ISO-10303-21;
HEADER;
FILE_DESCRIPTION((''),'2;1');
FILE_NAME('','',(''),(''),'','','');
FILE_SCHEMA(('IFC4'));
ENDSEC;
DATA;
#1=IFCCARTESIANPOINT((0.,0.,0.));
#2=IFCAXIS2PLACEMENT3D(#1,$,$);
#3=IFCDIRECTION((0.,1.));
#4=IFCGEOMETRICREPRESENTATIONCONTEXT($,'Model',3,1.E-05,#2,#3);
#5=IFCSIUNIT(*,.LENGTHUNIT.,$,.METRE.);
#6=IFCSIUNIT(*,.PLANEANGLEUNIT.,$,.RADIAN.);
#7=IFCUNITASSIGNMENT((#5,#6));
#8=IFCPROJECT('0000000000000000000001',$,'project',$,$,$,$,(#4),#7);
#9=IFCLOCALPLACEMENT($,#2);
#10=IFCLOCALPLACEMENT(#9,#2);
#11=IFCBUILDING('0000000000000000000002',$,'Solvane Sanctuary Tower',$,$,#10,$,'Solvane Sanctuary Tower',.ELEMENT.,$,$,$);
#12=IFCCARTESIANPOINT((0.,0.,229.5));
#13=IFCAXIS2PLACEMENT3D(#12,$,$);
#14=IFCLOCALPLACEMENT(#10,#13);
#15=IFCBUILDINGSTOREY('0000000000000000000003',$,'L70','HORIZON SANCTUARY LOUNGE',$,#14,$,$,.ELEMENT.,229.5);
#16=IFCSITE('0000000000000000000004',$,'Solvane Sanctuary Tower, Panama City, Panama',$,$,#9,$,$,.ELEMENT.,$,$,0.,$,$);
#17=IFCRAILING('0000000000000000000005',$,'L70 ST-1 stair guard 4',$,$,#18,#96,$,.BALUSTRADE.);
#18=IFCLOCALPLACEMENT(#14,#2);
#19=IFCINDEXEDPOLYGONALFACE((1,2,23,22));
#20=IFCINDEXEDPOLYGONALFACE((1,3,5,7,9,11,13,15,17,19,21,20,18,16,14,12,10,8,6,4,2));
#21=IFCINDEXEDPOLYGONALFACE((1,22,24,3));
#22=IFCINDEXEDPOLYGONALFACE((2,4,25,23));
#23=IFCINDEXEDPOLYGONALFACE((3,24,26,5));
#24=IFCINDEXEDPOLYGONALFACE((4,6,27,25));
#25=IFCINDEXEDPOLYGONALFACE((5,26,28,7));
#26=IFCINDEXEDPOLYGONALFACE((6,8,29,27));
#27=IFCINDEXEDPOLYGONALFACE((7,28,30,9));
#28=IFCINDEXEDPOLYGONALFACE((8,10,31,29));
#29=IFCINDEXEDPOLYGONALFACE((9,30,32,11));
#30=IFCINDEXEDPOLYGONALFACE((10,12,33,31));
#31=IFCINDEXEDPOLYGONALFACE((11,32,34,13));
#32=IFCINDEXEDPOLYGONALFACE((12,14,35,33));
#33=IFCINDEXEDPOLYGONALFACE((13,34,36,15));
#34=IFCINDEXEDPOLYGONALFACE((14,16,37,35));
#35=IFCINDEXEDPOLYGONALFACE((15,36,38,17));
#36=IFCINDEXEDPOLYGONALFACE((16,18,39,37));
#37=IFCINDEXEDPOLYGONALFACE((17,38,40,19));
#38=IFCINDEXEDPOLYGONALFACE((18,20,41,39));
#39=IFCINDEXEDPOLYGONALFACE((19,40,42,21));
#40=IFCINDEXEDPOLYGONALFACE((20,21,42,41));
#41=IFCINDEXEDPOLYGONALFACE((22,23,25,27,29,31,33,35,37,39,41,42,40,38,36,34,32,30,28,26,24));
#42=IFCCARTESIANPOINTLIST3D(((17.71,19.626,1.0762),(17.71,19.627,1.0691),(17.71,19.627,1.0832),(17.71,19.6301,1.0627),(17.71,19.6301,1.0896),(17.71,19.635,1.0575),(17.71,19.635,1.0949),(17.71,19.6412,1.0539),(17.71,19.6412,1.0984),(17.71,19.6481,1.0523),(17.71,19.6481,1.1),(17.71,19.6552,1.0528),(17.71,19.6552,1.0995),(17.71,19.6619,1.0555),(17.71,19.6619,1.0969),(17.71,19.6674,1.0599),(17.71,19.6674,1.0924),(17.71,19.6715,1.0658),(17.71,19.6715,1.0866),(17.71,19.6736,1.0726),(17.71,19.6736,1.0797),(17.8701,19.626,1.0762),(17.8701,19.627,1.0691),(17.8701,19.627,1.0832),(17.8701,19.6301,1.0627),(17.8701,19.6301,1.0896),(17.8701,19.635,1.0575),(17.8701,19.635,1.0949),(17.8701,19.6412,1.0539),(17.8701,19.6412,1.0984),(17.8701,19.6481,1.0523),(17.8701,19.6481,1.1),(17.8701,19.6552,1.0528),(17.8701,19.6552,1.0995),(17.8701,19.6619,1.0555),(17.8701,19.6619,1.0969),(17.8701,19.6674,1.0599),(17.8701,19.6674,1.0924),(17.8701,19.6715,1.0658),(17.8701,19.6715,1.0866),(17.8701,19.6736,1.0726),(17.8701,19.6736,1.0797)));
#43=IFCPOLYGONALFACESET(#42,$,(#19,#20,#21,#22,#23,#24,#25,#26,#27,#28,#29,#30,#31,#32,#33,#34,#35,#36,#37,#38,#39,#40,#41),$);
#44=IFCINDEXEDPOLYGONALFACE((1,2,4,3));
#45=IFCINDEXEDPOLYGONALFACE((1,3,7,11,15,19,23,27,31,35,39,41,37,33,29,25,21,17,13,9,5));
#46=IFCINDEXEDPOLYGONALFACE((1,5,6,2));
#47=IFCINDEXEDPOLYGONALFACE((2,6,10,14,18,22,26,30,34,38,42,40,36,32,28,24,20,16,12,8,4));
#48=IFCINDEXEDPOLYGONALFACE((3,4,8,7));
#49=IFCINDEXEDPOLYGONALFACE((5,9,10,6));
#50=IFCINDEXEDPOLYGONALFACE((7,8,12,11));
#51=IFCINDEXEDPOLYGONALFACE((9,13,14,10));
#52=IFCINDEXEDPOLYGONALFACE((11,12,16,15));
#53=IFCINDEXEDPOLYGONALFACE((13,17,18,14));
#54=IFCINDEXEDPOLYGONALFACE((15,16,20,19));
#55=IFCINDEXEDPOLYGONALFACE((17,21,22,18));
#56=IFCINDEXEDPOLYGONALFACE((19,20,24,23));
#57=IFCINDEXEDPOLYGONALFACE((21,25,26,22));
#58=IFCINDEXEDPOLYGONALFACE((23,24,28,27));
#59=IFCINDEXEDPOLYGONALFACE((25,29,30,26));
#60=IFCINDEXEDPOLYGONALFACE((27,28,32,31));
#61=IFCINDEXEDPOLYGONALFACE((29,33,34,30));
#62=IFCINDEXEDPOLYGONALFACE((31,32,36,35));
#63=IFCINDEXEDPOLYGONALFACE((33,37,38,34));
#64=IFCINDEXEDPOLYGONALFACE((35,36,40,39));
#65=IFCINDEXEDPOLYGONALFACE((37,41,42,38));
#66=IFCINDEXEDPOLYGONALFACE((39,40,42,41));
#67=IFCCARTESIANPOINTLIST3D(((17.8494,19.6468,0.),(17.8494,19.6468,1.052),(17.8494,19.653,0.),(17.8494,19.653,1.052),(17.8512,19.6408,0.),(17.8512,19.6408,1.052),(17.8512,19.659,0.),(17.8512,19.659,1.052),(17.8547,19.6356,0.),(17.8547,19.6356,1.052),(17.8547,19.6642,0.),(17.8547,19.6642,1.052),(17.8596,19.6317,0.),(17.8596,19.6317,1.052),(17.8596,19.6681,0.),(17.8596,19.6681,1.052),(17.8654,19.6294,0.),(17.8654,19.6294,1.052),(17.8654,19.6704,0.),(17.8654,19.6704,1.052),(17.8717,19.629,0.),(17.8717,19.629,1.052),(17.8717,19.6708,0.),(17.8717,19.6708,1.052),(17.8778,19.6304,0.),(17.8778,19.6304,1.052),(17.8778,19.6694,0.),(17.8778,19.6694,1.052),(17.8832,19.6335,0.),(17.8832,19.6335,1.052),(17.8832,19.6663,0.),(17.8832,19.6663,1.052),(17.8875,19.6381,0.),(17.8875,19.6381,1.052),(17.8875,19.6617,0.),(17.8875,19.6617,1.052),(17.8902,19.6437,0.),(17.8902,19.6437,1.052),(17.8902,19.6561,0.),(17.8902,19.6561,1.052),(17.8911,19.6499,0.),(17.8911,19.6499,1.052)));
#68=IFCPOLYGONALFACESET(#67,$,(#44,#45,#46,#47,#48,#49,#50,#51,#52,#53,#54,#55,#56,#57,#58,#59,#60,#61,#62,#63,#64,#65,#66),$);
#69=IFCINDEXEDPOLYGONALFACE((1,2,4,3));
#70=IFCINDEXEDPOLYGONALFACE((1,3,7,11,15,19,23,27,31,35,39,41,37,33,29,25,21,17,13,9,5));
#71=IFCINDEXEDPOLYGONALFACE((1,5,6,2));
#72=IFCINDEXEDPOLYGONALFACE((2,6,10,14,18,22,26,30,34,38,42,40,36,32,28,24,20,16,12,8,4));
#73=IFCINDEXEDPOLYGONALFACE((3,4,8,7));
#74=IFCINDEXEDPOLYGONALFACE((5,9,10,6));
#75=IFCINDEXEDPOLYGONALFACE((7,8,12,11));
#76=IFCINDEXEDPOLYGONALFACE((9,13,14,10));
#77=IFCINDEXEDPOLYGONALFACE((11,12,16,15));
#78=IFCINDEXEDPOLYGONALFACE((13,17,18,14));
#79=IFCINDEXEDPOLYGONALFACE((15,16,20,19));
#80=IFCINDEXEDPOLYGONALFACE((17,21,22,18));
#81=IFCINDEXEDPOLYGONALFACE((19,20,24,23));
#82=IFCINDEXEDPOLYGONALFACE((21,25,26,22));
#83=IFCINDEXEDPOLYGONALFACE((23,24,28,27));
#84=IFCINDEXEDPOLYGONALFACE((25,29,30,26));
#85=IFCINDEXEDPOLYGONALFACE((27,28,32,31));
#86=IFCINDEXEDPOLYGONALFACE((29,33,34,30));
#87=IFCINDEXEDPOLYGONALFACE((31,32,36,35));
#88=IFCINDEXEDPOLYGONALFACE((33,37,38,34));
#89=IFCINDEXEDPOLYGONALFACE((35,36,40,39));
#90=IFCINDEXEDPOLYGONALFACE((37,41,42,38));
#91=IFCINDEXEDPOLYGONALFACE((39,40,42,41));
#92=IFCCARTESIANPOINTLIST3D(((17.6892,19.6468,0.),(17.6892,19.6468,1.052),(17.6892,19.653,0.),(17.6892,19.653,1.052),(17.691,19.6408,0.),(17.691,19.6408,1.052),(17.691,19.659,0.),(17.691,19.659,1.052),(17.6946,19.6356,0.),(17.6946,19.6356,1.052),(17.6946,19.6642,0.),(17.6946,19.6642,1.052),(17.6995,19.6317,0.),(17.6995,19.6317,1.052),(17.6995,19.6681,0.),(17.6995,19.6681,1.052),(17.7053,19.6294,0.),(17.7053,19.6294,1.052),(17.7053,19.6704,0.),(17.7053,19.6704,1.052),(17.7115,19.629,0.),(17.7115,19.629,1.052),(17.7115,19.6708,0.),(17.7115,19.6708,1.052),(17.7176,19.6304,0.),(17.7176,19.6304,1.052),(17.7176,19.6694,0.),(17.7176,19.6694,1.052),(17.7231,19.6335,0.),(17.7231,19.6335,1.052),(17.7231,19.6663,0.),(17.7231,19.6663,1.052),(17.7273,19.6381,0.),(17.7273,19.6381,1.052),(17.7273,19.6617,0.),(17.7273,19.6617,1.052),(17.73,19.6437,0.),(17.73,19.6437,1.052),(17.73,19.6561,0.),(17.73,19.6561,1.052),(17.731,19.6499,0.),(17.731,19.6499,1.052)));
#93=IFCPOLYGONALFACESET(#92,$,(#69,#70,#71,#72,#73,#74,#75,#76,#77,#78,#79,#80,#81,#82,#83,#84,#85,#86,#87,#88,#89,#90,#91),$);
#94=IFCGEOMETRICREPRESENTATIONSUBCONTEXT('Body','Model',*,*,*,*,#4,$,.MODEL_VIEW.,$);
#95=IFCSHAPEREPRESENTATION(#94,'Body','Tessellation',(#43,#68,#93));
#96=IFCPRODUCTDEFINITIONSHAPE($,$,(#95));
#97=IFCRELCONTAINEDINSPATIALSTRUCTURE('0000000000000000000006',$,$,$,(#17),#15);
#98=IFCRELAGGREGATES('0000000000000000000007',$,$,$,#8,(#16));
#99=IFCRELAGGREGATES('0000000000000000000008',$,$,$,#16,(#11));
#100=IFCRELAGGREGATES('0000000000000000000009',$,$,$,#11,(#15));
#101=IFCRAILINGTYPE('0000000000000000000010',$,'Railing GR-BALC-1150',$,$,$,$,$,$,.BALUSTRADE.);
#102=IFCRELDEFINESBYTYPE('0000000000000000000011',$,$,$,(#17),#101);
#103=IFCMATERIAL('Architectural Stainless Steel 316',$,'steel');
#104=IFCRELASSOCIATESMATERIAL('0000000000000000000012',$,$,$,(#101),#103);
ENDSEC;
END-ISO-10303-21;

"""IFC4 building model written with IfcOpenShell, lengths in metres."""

from ifc_helpers import new_model, si_unit, direction, frame, origin, origin_2d, place, context, subcontext, project, spatial, circle, extrude, material, type_object, element, save


model = new_model("IFC4")

# Units and contexts
model_context = context("Model", 3, precision=1e-05, world=origin(), true_north=direction((0.0, 1.0)))
body_context = subcontext(model_context, "Body", "Model", "MODEL_VIEW")
ifc_project = project(units=[si_unit("LENGTHUNIT", "METRE"), si_unit("PLANEANGLEUNIT", "RADIAN")], contexts=[model_context])

# Site, building, storey
site_placement = place(None, origin())
site = spatial("IfcSite", under=ifc_project, at=site_placement, Name="Solvane Sanctuary Tower, Panama City, Panama", CompositionType="ELEMENT", RefElevation=0.0)
building_placement = place(site_placement, origin())
building = spatial("IfcBuilding", under=site, at=building_placement, Name="Solvane Sanctuary Tower", LongName="Solvane Sanctuary Tower", CompositionType="ELEMENT")
storey_placement = place(building_placement, frame((0.0, 0.0, 229.5)))
storey = spatial("IfcBuildingStorey", under=building, at=storey_placement, Name="L70", Description="HORIZON SANCTUARY LOUNGE", CompositionType="ELEMENT", Elevation=229.5)

# Shared definitions
ifc_material_1 = material(Name="Architectural Stainless Steel 316", Category="steel")

# Railing
railing_type = type_object("IfcRailingType", Name="Railing GR-BALC-1150", PredefinedType="BALUSTRADE", material=ifc_material_1)
railing_1_placement = place(storey_placement, frame((17.8701, 19.6499, 0.0)))
element("IfcRailing", 1, at=railing_1_placement, inside=storey, type_object=railing_type, Name="L70 ST-1 stair guard 4", PredefinedType="BALUSTRADE", context=body_context, shape_type="SweptSolid", body=[
    extrude(circle(Radius=0.0239, at=origin_2d()), frame((0.0, 0.0, 1.0762), z_axis=(-1.0, 0.0, 0.0), x_axis=(0.0, -1.0, 0.0)), (0.0, 0.0, 1.0), 0.1602),
    extrude(circle(Radius=0.021, at=origin_2d()), origin(), (0.0, 0.0, 1.0), 1.052),
    extrude(circle(Radius=0.021, at=origin_2d()), frame((-0.1602, 0.0, 0.0)), (0.0, 0.0, 1.0), 1.052),
])

save(model, "model.ifc")
